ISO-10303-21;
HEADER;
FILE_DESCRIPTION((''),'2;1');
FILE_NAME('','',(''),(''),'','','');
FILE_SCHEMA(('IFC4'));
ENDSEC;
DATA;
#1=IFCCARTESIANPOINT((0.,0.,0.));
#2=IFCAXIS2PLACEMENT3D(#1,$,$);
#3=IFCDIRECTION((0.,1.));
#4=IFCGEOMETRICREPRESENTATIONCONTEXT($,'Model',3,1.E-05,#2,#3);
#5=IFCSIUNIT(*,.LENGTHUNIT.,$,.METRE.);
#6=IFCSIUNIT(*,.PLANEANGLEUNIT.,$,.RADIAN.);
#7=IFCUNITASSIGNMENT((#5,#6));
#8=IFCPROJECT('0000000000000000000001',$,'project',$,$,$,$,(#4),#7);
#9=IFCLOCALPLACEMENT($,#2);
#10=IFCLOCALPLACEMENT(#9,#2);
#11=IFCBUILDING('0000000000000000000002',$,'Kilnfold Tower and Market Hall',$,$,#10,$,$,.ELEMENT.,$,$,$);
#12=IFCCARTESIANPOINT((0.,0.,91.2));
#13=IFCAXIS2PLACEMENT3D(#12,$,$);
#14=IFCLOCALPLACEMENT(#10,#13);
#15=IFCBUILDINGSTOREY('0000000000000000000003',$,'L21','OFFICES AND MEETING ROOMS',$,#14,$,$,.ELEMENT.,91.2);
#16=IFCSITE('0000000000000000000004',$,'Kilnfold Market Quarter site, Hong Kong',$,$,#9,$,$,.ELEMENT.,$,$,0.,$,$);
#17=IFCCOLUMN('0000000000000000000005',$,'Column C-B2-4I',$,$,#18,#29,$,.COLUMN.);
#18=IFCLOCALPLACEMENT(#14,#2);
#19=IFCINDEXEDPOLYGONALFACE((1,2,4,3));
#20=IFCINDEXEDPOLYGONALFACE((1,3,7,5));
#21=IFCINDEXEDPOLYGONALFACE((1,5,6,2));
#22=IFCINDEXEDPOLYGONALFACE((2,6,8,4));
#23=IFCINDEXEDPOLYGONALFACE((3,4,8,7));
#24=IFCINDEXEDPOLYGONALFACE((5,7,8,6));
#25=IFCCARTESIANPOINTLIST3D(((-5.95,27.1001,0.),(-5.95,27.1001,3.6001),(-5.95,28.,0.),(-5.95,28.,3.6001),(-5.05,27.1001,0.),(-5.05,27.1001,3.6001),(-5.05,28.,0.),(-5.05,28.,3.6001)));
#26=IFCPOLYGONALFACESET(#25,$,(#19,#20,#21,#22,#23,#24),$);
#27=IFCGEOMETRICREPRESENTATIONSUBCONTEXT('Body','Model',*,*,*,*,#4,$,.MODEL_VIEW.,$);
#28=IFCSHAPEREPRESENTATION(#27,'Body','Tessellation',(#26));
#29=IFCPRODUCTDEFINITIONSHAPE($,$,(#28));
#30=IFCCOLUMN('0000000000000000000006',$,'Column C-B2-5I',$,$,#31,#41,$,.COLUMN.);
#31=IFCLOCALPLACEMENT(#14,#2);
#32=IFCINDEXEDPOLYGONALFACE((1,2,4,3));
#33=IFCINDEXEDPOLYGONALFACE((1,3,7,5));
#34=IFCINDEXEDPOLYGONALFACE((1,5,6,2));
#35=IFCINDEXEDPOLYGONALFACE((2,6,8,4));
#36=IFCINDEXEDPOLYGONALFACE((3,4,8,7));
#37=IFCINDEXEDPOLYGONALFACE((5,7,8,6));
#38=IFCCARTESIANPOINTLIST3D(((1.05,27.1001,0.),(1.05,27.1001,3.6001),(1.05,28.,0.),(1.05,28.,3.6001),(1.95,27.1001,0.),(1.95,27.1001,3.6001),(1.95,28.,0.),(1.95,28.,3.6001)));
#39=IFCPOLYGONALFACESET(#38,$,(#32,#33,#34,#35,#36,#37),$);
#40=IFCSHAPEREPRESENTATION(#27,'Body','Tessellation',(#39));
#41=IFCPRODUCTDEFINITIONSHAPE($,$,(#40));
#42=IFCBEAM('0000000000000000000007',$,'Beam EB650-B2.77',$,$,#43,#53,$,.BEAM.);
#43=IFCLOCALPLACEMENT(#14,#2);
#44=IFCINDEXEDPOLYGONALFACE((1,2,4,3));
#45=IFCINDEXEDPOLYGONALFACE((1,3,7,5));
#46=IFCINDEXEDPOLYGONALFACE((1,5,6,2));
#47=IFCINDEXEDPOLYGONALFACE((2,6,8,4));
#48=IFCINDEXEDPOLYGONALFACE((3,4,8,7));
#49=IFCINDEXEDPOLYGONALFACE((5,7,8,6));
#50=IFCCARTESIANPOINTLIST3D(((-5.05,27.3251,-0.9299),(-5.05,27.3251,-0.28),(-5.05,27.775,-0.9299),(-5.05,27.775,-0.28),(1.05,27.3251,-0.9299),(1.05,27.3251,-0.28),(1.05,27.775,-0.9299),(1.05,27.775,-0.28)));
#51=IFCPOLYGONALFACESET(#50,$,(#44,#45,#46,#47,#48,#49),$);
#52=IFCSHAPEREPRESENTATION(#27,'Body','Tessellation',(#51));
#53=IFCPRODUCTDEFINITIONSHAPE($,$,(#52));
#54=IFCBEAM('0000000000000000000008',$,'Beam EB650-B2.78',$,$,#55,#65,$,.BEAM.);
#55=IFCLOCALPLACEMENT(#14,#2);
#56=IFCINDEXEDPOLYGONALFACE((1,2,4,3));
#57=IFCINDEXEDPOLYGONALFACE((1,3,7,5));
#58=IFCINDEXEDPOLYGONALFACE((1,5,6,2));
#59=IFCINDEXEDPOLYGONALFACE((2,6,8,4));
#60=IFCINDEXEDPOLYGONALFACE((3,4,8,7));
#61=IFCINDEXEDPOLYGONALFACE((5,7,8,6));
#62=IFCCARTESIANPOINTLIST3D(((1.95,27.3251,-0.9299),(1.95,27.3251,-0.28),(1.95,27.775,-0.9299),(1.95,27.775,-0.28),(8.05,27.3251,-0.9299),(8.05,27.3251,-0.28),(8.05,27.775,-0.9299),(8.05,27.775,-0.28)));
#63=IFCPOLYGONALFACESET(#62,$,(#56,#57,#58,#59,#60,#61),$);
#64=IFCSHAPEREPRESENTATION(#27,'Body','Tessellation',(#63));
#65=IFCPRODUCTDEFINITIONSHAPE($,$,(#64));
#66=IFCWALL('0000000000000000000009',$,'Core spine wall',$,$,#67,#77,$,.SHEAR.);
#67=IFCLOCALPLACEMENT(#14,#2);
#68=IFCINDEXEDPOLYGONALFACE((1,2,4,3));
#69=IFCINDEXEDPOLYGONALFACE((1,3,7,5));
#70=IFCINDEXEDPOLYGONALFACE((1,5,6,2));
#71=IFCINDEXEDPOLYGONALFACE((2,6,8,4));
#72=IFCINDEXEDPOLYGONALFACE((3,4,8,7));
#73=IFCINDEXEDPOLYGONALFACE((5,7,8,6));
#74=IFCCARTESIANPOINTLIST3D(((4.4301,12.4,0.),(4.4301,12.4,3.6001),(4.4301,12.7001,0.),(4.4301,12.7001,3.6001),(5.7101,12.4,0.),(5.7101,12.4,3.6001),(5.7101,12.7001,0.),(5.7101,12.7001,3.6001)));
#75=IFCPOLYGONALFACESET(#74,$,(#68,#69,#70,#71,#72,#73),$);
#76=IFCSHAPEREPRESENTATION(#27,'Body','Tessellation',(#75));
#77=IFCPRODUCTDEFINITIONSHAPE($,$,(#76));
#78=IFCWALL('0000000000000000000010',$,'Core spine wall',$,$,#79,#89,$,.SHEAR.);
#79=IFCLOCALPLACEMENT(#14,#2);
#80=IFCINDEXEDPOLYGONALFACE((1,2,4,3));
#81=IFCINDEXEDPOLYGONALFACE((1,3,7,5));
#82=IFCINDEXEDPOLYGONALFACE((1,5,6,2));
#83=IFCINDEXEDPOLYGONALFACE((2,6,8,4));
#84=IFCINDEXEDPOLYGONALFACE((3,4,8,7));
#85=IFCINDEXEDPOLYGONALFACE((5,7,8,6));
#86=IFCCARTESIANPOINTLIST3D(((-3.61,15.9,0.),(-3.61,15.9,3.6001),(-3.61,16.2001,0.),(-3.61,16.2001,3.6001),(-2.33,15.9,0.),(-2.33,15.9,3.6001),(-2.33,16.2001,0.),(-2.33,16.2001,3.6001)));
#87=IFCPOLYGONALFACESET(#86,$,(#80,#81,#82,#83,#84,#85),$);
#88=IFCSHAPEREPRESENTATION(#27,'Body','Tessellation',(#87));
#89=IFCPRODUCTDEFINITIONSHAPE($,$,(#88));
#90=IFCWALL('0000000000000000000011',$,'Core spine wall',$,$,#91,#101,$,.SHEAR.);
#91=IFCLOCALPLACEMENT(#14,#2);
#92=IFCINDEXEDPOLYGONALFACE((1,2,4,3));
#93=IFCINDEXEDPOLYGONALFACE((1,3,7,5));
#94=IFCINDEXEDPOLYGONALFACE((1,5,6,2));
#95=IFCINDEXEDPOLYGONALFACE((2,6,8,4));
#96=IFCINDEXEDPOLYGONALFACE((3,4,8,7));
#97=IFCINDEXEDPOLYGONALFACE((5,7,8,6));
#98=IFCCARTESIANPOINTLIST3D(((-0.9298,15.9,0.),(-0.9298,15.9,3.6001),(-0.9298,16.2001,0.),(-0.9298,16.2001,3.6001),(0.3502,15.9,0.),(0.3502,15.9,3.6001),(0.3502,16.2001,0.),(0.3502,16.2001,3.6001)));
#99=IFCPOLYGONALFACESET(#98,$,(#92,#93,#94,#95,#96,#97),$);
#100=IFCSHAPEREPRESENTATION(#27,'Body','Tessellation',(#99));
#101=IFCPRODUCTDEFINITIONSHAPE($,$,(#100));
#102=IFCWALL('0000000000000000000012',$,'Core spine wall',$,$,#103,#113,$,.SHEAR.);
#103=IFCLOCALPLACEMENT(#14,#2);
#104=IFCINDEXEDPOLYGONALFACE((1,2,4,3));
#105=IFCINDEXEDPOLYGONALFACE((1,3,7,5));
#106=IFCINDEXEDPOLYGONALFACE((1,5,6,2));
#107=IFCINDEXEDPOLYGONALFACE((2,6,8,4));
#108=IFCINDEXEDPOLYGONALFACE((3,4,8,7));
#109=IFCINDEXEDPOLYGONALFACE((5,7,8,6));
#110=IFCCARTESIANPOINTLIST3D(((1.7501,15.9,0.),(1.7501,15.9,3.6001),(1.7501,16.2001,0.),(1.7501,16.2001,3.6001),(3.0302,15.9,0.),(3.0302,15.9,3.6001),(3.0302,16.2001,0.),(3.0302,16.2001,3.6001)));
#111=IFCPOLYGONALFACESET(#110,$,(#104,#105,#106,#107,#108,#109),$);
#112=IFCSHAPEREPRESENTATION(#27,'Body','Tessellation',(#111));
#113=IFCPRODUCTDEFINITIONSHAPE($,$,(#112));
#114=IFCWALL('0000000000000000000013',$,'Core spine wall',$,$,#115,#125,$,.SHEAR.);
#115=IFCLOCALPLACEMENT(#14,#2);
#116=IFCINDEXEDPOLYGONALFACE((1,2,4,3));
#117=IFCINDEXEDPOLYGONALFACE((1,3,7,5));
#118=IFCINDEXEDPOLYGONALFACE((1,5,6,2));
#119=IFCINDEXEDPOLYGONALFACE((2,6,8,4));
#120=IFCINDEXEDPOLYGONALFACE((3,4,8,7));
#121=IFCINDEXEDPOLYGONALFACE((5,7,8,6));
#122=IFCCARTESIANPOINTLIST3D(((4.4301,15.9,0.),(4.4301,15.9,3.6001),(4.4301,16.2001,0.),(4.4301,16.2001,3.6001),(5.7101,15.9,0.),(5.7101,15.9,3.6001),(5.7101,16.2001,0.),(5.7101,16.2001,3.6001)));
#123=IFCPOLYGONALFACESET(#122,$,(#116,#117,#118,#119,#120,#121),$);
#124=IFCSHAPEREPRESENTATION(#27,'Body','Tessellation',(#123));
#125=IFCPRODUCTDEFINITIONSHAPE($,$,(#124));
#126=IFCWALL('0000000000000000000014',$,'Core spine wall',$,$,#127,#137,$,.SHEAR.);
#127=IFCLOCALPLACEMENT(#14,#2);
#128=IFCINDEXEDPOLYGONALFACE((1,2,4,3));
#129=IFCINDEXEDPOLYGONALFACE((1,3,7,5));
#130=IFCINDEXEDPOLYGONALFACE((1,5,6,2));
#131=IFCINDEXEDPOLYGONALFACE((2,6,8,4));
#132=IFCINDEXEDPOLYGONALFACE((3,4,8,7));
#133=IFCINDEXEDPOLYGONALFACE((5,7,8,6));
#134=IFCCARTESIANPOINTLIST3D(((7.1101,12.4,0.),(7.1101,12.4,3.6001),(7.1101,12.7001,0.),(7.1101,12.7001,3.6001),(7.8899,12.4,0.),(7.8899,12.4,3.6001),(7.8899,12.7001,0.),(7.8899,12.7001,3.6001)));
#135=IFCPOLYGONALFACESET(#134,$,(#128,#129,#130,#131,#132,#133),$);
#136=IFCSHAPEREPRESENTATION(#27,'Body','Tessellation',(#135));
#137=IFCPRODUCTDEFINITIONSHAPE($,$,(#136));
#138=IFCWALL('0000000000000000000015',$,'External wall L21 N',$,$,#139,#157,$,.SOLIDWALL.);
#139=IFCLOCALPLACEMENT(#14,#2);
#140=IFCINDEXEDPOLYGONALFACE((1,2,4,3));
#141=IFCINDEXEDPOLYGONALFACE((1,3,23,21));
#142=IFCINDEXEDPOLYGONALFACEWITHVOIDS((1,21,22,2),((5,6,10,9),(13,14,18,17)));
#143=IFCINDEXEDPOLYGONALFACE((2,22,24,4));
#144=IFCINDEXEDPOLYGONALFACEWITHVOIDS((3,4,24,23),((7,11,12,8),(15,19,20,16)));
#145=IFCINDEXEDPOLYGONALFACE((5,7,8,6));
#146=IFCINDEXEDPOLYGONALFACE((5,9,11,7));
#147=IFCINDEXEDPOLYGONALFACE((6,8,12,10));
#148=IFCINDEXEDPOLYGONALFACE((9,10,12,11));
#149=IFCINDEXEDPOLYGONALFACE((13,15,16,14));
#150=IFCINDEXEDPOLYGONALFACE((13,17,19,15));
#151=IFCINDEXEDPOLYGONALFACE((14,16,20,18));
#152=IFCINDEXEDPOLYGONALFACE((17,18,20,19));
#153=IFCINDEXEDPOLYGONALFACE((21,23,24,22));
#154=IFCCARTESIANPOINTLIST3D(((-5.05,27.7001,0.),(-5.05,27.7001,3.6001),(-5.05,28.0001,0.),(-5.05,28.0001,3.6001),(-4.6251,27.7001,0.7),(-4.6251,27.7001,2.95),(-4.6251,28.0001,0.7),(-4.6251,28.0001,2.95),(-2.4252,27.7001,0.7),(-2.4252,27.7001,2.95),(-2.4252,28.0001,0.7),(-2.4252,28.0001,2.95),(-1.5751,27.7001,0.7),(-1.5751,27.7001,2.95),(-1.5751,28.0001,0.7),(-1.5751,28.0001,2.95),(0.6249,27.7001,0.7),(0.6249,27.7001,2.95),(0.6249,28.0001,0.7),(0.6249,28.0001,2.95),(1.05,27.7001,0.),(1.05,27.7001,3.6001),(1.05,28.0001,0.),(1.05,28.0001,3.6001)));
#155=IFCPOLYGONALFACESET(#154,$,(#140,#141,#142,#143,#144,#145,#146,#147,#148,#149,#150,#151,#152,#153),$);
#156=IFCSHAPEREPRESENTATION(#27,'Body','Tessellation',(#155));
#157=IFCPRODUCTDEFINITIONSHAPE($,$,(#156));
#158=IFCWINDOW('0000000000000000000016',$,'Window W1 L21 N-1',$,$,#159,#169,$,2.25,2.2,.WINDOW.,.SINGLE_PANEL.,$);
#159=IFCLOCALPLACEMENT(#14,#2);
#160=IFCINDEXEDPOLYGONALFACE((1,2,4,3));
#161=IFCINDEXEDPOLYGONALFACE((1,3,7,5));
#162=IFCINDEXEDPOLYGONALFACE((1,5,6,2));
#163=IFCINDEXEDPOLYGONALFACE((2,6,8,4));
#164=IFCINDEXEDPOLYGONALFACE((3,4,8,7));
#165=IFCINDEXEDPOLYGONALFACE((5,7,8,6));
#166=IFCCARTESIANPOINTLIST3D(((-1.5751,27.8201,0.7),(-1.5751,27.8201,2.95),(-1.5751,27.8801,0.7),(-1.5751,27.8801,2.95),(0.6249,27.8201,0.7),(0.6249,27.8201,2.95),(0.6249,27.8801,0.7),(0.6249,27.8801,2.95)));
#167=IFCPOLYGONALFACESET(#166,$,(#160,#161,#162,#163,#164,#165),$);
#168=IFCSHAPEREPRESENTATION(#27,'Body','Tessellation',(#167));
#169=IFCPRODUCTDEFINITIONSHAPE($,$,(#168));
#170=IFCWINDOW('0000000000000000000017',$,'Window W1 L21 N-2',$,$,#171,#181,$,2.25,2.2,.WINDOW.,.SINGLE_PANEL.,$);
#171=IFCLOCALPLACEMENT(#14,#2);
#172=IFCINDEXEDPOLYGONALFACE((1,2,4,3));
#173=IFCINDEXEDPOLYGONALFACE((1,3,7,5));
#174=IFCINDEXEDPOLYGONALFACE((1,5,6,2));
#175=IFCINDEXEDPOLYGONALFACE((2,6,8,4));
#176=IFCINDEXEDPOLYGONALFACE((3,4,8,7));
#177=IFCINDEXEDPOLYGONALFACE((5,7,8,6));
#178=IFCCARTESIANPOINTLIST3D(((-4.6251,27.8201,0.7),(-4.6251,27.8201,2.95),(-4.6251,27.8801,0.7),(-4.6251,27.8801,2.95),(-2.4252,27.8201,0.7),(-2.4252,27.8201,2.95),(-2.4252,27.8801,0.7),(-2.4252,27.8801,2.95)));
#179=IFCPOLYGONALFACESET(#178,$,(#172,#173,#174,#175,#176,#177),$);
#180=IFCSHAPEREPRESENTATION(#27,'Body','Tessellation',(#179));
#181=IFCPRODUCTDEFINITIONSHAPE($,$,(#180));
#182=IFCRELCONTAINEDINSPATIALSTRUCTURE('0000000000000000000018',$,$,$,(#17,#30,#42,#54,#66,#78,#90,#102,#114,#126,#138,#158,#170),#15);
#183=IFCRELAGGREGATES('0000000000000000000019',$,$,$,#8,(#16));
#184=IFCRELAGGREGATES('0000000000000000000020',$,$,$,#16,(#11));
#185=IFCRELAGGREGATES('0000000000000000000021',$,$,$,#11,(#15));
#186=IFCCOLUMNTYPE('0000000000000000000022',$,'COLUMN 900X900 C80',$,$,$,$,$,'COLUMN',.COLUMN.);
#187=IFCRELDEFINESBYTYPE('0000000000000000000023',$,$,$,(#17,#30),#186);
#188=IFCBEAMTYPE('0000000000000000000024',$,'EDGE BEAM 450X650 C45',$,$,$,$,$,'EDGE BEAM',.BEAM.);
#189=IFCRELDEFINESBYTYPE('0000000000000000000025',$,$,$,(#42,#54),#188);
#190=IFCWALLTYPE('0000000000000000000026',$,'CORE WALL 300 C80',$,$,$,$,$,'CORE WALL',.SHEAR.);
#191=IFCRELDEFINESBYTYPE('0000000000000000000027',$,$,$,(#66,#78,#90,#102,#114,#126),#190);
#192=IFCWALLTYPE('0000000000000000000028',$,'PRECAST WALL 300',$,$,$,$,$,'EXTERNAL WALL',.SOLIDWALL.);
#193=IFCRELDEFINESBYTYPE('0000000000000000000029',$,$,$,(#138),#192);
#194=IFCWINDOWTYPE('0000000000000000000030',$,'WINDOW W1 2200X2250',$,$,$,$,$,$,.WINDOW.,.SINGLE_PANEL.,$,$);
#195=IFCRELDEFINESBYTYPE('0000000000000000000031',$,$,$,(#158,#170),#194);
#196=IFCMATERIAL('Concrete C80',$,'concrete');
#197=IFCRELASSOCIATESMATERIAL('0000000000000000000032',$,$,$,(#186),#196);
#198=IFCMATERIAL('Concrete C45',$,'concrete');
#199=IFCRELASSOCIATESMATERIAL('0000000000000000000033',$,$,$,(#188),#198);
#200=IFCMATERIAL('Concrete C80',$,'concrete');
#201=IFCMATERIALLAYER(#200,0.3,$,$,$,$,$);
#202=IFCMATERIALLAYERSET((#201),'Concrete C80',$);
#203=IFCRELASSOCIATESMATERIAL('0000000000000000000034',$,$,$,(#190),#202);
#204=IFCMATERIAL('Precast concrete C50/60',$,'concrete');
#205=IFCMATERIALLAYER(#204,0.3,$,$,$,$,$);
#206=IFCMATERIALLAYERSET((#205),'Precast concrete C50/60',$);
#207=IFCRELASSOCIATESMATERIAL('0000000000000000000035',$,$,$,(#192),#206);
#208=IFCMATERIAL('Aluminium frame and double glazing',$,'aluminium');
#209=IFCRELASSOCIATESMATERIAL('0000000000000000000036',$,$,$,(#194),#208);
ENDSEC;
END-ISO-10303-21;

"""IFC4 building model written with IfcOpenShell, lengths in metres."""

from ifc_helpers import new_model, si_unit, direction, frame, frame_2d, origin, origin_2d, place, context, subcontext, project, spatial, rectangle, extrude, source, transform, mapped, material, layer, layer_set, material_profile, profile_set, type_object, element, fill, save


model = new_model("IFC4")

# Units and contexts
model_context = context("Model", 3, precision=1e-05, world=origin(), true_north=direction((0.0, 1.0)))
body_context = subcontext(model_context, "Body", "Model", "MODEL_VIEW")
ifc_project = project(units=[si_unit("LENGTHUNIT", "METRE"), si_unit("PLANEANGLEUNIT", "RADIAN")], contexts=[model_context])

# Site, building, storey
site_placement = place(None, origin())
site = spatial("IfcSite", under=ifc_project, at=site_placement, Name="Kilnfold Market Quarter site, Hong Kong", CompositionType="ELEMENT", RefElevation=0.0)
building_placement = place(site_placement, origin())
building = spatial("IfcBuilding", under=site, at=building_placement, Name="Kilnfold Tower and Market Hall", CompositionType="ELEMENT")
storey_placement = place(building_placement, frame((0.0, 0.0, 91.2)))
storey = spatial("IfcBuildingStorey", under=building, at=storey_placement, Name="L21", Description="OFFICES AND MEETING ROOMS", CompositionType="ELEMENT", Elevation=91.2)

# Columns
ifc_material_1 = material(Name="Concrete C80", Category="concrete")
ifc_material_profile_1 = material_profile(ifc_material_1, rectangle(XDim=0.8999, YDim=0.8999, at=origin_2d()), Name="RC 900x900")
ifc_profile_set_1 = profile_set([ifc_material_profile_1], Name="Concrete C80")
column_type = type_object("IfcColumnType", Name="COLUMN 900X900 C80", ElementType="COLUMN", PredefinedType="COLUMN", material=ifc_profile_set_1)
shared_shape_1 = source(origin(), body_context, "Body", "SweptSolid", [
    extrude(rectangle(XDim=0.8999, YDim=0.8999, at=origin_2d()), origin(), (0.0, 0.0, 1.0), 3.6001),
])
for number, where, z_axis, x_axis, name in (
    (1, (-5.5, 27.55, 0.0), (0.0, 0.0, 1.0), (1.0, 0.0, 0.0), "Column C-B2-4I"),
    (2, (1.5, 27.55, 0.0), (0.0, 0.0, 1.0), (1.0, 0.0, 0.0), "Column C-B2-5I"),
):
    element("IfcColumn", number, at=place(storey_placement, frame(where, z_axis=z_axis, x_axis=x_axis)), inside=storey, type_object=column_type, Name=name, PredefinedType="COLUMN", context=body_context, shape_type="MappedRepresentation", body=[
        mapped(shared_shape_1, transform((0.0, 0.0, 0.0))),
    ])

# Beams
ifc_material_2 = material(Name="Concrete C45", Category="concrete")
ifc_material_profile_2 = material_profile(ifc_material_2, rectangle(XDim=0.45, YDim=0.6499, at=origin_2d()), Name="RC 450x650")
ifc_profile_set_2 = profile_set([ifc_material_profile_2], Name="Concrete C45")
beam_type = type_object("IfcBeamType", Name="EDGE BEAM 450X650 C45", ElementType="EDGE BEAM", PredefinedType="BEAM", material=ifc_profile_set_2)
shared_shape_2 = source(origin(), body_context, "Body", "SweptSolid", [
    extrude(rectangle(XDim=0.45, YDim=0.6499, at=origin_2d()), origin(), (0.0, 0.0, 1.0), 6.1001),
])
for number, where, z_axis, x_axis, name in (
    (3, (-5.05, 27.55, -0.605), (1.0, 0.0, 0.0), (0.0, 1.0, 0.0), "Beam EB650-B2.77"),
    (4, (1.95, 27.55, -0.605), (1.0, 0.0, 0.0), (0.0, 1.0, 0.0), "Beam EB650-B2.78"),
):
    element("IfcBeam", number, at=place(storey_placement, frame(where, z_axis=z_axis, x_axis=x_axis)), inside=storey, type_object=beam_type, Name=name, PredefinedType="BEAM", context=body_context, shape_type="MappedRepresentation", body=[
        mapped(shared_shape_2, transform((0.0, 0.0, 0.0))),
    ])

# Walls
ifc_material_3 = material(Name="Concrete C80", Category="concrete")
ifc_layer_1 = layer(ifc_material_3, 0.3)
ifc_layer_set_1 = layer_set([ifc_layer_1], Name="Concrete C80")
wall_type_1 = type_object("IfcWallType", Name="CORE WALL 300 C80", ElementType="CORE WALL", PredefinedType="SHEAR", material=ifc_layer_set_1)
shared_shape_3 = source(origin(), body_context, "Body", "SweptSolid", [
    extrude(rectangle(XDim=1.28, YDim=0.3, at=frame_2d((0.6401, 0.0))), origin(), (0.0, 0.0, 1.0), 3.6001),
])
for number, where, z_axis, x_axis, name in (
    (5, (4.4299, 12.55, 0.0), (0.0, 0.0, 1.0), (1.0, 0.0, 0.0), "Core spine wall"),
    (6, (-3.6101, 16.05, 0.0), (0.0, 0.0, 1.0), (1.0, 0.0, 0.0), "Core spine wall"),
    (7, (-0.9299, 16.05, 0.0), (0.0, 0.0, 1.0), (1.0, 0.0, 0.0), "Core spine wall"),
    (8, (1.75, 16.05, 0.0), (0.0, 0.0, 1.0), (1.0, 0.0, 0.0), "Core spine wall"),
    (9, (4.4299, 16.05, 0.0), (0.0, 0.0, 1.0), (1.0, 0.0, 0.0), "Core spine wall"),
):
    element("IfcWall", number, at=place(storey_placement, frame(where, z_axis=z_axis, x_axis=x_axis)), inside=storey, type_object=wall_type_1, Name=name, PredefinedType="SHEAR", context=body_context, shape_type="MappedRepresentation", body=[
        mapped(shared_shape_3, transform((0.0, 0.0, 0.0))),
    ])
shared_shape_4 = source(origin(), body_context, "Body", "SweptSolid", [
    extrude(rectangle(XDim=0.7798, YDim=0.3, at=frame_2d((0.3899, 0.0))), origin(), (0.0, 0.0, 1.0), 3.6001),
])
wall_1_placement = place(storey_placement, frame((7.1101, 12.55, 0.0), z_axis=(0.0, 0.0, 1.0), x_axis=(1.0, 0.0, 0.0)))
element("IfcWall", 10, at=wall_1_placement, inside=storey, type_object=wall_type_1, Name="Core spine wall", PredefinedType="SHEAR", context=body_context, shape_type="MappedRepresentation", body=[
    mapped(shared_shape_4, transform((0.0, 0.0, 0.0))),
])

# Wall, openings, windows
ifc_material_4 = material(Name="Precast concrete C50/60", Category="concrete")
ifc_layer_2 = layer(ifc_material_4, 0.3)
ifc_layer_set_2 = layer_set([ifc_layer_2], Name="Precast concrete C50/60")
wall_type_2 = type_object("IfcWallType", Name="PRECAST WALL 300", ElementType="EXTERNAL WALL", PredefinedType="SOLIDWALL", material=ifc_layer_set_2)
shared_shape_5 = source(origin(), body_context, "Body", "SweptSolid", [
    extrude(rectangle(XDim=6.1001, YDim=0.3, at=frame_2d((3.05, 0.0))), origin(), (0.0, 0.0, 1.0), 3.6001),
])
wall_2_placement = place(storey_placement, frame((1.05, 27.8501, 0.0), z_axis=(0.0, 0.0, 1.0), x_axis=(-1.0, 0.0, 0.0)))
wall_2 = element("IfcWall", 11, at=wall_2_placement, inside=storey, type_object=wall_type_2, Name="External wall L21 N", PredefinedType="SOLIDWALL", context=body_context, shape_type="MappedRepresentation", body=[
    mapped(shared_shape_5, transform((0.0, 0.0, 0.0))),
])
opening_1_placement = place(wall_2_placement, frame((0.425, 0.0, 0.7)))
opening_1 = element("IfcOpeningElement", 12, at=opening_1_placement, cuts=wall_2, PredefinedType="OPENING", context=body_context, shape_type="SweptSolid", body=[
    extrude(rectangle(XDim=2.2, YDim=2.25, at=frame_2d((1.1001, 1.125))), frame((0.0, 0.1602, 0.0), z_axis=(0.0, -1.0, 0.0), x_axis=(1.0, 0.0, 0.0)), (0.0, 0.0, 1.0), 0.3201),
])
opening_2_placement = place(wall_2_placement, frame((3.4751, 0.0, 0.7)))
opening_2 = element("IfcOpeningElement", 13, at=opening_2_placement, cuts=wall_2, PredefinedType="OPENING", context=body_context, shape_type="SweptSolid", body=[
    extrude(rectangle(XDim=2.2, YDim=2.25, at=frame_2d((1.1001, 1.125))), frame((0.0, 0.1602, 0.0), z_axis=(0.0, -1.0, 0.0), x_axis=(1.0, 0.0, 0.0)), (0.0, 0.0, 1.0), 0.3201),
])
ifc_material_5 = material(Name="Aluminium frame and double glazing", Category="aluminium")
window_type = type_object("IfcWindowType", Name="WINDOW W1 2200X2250", PartitioningType="SINGLE_PANEL", PredefinedType="WINDOW", material=ifc_material_5)
window_1_placement = place(opening_1_placement, origin())
window_1 = element("IfcWindow", 14, at=window_1_placement, inside=storey, type_object=window_type, Name="Window W1 L21 N-1", OverallHeight=2.25, OverallWidth=2.2, PartitioningType="SINGLE_PANEL", PredefinedType="WINDOW", context=body_context, shape_type="SweptSolid", body=[
    extrude(rectangle(XDim=2.2, YDim=2.25, at=frame_2d((1.1001, 1.125))), frame((0.0, 0.03, 0.0), z_axis=(0.0, -1.0, 0.0), x_axis=(1.0, 0.0, 0.0)), (0.0, 0.0, 1.0), 0.0601),
])
fill(opening_1, window_1)
window_2_placement = place(opening_2_placement, origin())
window_2 = element("IfcWindow", 15, at=window_2_placement, inside=storey, type_object=window_type, Name="Window W1 L21 N-2", OverallHeight=2.25, OverallWidth=2.2, PartitioningType="SINGLE_PANEL", PredefinedType="WINDOW", context=body_context, shape_type="SweptSolid", body=[
    extrude(rectangle(XDim=2.2, YDim=2.25, at=frame_2d((1.1001, 1.125))), frame((0.0, 0.03, 0.0), z_axis=(0.0, -1.0, 0.0), x_axis=(1.0, 0.0, 0.0)), (0.0, 0.0, 1.0), 0.0601),
])
fill(opening_2, window_2)

save(model, "model.ifc")
